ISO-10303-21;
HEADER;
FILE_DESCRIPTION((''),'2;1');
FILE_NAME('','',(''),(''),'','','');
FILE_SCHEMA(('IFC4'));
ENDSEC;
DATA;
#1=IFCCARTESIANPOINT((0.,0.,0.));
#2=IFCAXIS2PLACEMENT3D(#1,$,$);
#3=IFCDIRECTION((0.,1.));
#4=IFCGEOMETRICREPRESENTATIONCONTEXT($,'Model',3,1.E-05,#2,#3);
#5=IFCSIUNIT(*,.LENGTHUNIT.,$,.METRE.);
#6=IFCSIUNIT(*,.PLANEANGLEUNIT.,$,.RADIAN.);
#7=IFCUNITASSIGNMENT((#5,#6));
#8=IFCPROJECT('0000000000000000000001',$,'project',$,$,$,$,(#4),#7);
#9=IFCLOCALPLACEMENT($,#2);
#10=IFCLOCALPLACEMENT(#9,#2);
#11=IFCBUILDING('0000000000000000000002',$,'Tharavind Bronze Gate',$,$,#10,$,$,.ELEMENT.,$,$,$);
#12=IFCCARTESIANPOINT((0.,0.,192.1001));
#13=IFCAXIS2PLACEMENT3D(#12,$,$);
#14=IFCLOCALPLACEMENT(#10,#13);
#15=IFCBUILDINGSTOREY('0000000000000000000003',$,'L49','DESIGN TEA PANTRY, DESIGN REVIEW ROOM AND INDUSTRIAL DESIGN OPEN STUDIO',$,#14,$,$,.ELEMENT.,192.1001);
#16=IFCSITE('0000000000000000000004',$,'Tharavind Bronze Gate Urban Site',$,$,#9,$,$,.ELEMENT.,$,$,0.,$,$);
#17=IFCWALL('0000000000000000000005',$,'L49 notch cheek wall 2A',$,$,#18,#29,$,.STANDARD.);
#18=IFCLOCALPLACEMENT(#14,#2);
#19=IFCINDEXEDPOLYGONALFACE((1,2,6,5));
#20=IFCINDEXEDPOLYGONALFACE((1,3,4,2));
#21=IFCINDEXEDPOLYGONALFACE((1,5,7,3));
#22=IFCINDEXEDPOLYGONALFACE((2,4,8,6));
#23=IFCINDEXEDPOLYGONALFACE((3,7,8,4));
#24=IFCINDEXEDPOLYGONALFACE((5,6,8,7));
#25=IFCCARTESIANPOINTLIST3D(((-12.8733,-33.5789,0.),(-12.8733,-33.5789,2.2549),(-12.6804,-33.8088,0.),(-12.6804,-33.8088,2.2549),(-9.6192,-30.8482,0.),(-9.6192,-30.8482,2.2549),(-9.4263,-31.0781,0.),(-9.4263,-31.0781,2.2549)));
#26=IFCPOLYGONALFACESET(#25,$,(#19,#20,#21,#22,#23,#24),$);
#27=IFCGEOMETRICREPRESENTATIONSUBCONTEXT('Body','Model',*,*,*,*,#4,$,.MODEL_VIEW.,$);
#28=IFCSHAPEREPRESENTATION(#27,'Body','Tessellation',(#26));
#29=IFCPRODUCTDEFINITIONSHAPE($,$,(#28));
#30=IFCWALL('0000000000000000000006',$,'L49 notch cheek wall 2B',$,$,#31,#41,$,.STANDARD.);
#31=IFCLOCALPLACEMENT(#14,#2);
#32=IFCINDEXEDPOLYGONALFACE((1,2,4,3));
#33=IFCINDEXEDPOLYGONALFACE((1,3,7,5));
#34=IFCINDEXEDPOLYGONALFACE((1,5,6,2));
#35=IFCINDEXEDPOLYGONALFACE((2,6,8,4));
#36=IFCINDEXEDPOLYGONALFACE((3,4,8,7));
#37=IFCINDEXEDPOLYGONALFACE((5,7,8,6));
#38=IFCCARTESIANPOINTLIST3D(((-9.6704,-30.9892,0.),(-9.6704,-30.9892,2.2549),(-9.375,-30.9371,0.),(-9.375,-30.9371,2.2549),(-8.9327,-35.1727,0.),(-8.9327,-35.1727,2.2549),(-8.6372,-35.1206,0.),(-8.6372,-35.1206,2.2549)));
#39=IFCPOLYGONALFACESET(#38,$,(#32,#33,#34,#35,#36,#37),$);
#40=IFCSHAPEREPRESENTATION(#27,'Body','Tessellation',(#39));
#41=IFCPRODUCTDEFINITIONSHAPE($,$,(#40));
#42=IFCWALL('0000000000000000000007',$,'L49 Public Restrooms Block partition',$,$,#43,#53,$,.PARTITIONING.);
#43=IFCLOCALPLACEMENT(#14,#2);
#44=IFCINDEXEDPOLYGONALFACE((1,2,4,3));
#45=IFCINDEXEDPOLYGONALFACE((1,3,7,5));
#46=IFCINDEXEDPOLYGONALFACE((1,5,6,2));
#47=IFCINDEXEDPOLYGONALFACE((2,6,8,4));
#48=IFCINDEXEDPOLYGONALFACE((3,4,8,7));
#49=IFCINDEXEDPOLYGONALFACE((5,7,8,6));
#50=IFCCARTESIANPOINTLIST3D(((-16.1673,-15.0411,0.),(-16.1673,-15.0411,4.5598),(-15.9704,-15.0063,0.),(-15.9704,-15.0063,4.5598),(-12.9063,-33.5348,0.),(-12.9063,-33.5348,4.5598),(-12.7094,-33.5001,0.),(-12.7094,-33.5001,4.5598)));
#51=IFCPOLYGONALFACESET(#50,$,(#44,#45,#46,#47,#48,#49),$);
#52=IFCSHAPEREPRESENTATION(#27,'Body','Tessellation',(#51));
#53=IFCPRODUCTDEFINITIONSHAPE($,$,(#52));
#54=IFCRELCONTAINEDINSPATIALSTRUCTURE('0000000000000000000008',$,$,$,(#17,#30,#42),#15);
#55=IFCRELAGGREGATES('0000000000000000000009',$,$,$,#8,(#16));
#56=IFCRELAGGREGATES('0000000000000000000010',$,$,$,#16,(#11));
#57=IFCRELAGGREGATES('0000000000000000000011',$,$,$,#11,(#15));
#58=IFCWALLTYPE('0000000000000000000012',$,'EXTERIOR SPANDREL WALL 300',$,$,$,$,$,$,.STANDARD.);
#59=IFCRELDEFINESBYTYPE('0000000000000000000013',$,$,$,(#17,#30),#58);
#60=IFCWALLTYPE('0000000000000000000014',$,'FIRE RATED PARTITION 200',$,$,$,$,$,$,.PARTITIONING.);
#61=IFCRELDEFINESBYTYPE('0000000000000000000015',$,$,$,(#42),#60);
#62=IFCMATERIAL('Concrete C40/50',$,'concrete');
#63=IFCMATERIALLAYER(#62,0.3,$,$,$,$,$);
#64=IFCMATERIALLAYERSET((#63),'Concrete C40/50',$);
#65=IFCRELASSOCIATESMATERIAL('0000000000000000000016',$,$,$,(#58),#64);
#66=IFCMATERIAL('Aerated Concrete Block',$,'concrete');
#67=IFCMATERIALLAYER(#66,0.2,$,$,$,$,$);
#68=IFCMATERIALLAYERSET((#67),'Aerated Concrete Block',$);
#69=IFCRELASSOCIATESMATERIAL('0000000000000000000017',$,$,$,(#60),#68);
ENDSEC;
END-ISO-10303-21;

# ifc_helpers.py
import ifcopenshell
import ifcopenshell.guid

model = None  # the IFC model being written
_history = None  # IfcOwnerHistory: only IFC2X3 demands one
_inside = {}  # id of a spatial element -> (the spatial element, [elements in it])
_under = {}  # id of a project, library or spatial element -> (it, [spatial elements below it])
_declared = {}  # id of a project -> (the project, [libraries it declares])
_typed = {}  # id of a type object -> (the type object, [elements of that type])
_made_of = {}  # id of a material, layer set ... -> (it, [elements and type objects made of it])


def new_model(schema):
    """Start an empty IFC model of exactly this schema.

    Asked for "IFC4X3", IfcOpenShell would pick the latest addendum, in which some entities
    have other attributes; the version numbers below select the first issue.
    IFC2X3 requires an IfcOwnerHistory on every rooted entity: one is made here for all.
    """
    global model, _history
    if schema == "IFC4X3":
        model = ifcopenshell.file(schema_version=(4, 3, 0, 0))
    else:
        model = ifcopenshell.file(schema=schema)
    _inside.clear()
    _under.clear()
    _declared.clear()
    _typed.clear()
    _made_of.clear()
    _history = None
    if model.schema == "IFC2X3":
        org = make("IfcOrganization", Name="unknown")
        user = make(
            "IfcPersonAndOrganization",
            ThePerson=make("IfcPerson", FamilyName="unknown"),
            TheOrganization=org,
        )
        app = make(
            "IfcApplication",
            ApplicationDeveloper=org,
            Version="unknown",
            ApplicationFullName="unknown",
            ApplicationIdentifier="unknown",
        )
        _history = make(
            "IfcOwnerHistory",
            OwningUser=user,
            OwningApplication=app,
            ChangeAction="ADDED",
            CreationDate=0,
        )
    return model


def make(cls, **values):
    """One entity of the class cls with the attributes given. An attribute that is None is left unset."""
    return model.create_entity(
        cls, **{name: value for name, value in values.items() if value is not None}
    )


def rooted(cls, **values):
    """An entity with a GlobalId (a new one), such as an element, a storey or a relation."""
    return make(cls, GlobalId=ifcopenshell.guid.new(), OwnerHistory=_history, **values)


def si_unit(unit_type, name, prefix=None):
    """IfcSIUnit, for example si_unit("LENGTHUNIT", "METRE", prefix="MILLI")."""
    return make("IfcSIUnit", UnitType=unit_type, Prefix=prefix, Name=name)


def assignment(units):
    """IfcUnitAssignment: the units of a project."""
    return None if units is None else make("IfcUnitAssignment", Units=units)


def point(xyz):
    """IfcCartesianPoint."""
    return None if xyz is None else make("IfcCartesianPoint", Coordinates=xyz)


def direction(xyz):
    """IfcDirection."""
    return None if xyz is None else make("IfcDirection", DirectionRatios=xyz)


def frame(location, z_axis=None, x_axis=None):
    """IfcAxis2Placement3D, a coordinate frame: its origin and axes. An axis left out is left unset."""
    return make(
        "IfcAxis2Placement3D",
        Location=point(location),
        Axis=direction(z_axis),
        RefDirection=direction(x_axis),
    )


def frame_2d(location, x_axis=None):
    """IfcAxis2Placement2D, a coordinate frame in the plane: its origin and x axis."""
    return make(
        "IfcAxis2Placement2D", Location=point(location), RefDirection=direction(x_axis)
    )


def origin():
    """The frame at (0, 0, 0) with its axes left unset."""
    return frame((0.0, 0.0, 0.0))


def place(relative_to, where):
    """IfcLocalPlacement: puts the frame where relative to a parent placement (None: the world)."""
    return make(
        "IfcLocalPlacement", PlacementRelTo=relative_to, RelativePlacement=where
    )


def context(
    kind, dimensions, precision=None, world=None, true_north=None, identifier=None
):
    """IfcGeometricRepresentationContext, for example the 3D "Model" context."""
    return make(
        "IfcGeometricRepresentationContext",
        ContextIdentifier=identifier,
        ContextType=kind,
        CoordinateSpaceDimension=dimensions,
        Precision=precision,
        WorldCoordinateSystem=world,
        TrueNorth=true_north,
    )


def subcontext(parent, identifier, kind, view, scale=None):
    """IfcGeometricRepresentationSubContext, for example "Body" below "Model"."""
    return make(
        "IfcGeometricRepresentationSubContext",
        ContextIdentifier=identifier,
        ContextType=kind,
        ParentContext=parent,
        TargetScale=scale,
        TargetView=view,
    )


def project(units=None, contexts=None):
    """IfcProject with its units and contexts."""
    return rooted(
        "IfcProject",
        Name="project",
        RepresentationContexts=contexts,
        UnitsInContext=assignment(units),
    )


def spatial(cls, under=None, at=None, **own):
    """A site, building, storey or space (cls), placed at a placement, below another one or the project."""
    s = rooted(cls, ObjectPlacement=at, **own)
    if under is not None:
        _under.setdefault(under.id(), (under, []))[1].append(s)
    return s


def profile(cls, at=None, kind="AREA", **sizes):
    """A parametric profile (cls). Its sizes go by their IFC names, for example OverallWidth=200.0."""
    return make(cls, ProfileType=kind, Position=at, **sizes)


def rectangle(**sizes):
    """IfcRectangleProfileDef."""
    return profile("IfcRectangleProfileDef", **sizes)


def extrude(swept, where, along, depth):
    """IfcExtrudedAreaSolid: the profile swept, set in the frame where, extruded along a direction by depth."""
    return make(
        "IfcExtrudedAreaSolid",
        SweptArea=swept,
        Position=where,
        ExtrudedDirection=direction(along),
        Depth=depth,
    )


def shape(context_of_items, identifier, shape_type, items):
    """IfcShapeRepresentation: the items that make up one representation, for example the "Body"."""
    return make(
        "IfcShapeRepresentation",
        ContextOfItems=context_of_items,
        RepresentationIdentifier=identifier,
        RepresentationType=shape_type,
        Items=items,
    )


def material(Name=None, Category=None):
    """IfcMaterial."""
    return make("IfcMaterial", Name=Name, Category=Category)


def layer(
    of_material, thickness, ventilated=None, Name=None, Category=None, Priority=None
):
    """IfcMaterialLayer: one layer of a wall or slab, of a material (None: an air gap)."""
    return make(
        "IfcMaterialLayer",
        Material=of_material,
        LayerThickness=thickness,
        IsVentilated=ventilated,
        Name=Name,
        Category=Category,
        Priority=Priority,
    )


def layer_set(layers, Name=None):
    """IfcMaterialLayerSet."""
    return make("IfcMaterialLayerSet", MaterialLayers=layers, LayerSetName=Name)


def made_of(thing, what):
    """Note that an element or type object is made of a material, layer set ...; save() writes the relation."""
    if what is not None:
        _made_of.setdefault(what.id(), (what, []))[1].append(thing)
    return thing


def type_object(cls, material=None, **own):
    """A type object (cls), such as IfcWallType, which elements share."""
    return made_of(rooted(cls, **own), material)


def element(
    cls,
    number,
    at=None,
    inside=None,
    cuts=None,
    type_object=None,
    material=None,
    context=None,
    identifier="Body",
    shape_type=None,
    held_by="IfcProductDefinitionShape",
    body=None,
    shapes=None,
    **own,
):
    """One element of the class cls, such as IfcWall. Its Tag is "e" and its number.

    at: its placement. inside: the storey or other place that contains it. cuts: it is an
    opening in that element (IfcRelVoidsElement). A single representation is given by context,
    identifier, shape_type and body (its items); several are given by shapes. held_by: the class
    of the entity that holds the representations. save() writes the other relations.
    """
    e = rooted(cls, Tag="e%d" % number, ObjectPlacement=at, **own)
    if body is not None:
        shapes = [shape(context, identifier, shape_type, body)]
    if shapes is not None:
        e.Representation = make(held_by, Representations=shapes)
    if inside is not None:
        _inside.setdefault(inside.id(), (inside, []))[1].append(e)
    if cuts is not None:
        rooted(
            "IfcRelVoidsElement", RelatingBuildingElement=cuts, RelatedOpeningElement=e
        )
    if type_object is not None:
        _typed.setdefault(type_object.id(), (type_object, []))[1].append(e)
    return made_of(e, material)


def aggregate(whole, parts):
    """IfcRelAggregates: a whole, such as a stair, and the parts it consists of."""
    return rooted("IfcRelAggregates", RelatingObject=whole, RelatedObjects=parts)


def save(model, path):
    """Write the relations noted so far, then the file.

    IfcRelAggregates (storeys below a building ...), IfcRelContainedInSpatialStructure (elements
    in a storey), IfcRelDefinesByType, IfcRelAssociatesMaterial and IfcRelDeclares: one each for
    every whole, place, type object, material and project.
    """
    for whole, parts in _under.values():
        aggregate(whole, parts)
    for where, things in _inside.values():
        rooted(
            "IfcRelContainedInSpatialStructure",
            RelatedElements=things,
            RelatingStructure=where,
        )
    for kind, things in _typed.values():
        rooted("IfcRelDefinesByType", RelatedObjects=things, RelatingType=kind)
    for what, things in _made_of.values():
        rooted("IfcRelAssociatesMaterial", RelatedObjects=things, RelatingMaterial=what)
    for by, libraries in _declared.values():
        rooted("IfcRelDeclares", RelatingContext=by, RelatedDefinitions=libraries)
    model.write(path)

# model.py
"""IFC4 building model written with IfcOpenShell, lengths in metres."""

from ifc_helpers import new_model, si_unit, direction, frame, frame_2d, origin, place, context, subcontext, project, spatial, rectangle, extrude, material, layer, layer_set, type_object, element, save


model = new_model("IFC4")

# Units and contexts
model_context = context("Model", 3, precision=1e-05, world=origin(), true_north=direction((0.0, 1.0)))
body_context = subcontext(model_context, "Body", "Model", "MODEL_VIEW")
ifc_project = project(units=[si_unit("LENGTHUNIT", "METRE"), si_unit("PLANEANGLEUNIT", "RADIAN")], contexts=[model_context])

# Site, building, storey
site_placement = place(None, origin())
site = spatial("IfcSite", under=ifc_project, at=site_placement, Name="Tharavind Bronze Gate Urban Site", CompositionType="ELEMENT", RefElevation=0.0)
building_placement = place(site_placement, origin())
building = spatial("IfcBuilding", under=site, at=building_placement, Name="Tharavind Bronze Gate", CompositionType="ELEMENT")
storey_placement = place(building_placement, frame((0.0, 0.0, 192.1001)))
storey = spatial("IfcBuildingStorey", under=building, at=storey_placement, Name="L49", Description="DESIGN TEA PANTRY, DESIGN REVIEW ROOM AND INDUSTRIAL DESIGN OPEN STUDIO", CompositionType="ELEMENT", Elevation=192.1001)

# Walls
ifc_material_1 = material(Name="Concrete C40/50", Category="concrete")
ifc_layer_1 = layer(ifc_material_1, 0.3)
ifc_layer_set_1 = layer_set([ifc_layer_1], Name="Concrete C40/50")
wall_type_1 = type_object("IfcWallType", Name="EXTERIOR SPANDREL WALL 300", PredefinedType="STANDARD", material=ifc_layer_set_1)
for number, where, z_axis, x_axis, name in (
    (1, (-12.7769, -33.6938, 0.0), (0.0, 0.0, 1.0), (0.766026, 0.642809, 0.0), "L49 notch cheek wall 2A"),
    (2, (-9.5227, -30.9631, 0.0), (0.0, 0.0, 1.0), (0.173674, -0.984803, 0.0), "L49 notch cheek wall 2B"),
):
    element("IfcWall", number, at=place(storey_placement, frame(where, z_axis=z_axis, x_axis=x_axis)), inside=storey, type_object=wall_type_1, Name=name, PredefinedType="STANDARD", context=body_context, shape_type="SweptSolid", body=[
        extrude(rectangle(XDim=4.248, YDim=0.3, at=frame_2d((2.124, 0.0))), origin(), (0.0, 0.0, 1.0), 2.2549),
    ])
ifc_material_2 = material(Name="Aerated Concrete Block", Category="concrete")
ifc_layer_2 = layer(ifc_material_2, 0.2)
ifc_layer_set_2 = layer_set([ifc_layer_2], Name="Aerated Concrete Block")
wall_type_2 = type_object("IfcWallType", Name="FIRE RATED PARTITION 200", PredefinedType="PARTITIONING", material=ifc_layer_set_2)
wall_placement = place(storey_placement, frame((-12.8079, -33.5176, 0.0), z_axis=(0.0, 0.0, 1.0), x_axis=(-0.173651, 0.984807, 0.0)))
element("IfcWall", 3, at=wall_placement, inside=storey, type_object=wall_type_2, Name="L49 Public Restrooms Block partition", PredefinedType="PARTITIONING", context=body_context, shape_type="SweptSolid", body=[
    extrude(rectangle(XDim=18.7791, YDim=0.2, at=frame_2d((9.3896, 0.0))), origin(), (0.0, 0.0, 1.0), 4.5598),
])

save(model, "model.ifc")
